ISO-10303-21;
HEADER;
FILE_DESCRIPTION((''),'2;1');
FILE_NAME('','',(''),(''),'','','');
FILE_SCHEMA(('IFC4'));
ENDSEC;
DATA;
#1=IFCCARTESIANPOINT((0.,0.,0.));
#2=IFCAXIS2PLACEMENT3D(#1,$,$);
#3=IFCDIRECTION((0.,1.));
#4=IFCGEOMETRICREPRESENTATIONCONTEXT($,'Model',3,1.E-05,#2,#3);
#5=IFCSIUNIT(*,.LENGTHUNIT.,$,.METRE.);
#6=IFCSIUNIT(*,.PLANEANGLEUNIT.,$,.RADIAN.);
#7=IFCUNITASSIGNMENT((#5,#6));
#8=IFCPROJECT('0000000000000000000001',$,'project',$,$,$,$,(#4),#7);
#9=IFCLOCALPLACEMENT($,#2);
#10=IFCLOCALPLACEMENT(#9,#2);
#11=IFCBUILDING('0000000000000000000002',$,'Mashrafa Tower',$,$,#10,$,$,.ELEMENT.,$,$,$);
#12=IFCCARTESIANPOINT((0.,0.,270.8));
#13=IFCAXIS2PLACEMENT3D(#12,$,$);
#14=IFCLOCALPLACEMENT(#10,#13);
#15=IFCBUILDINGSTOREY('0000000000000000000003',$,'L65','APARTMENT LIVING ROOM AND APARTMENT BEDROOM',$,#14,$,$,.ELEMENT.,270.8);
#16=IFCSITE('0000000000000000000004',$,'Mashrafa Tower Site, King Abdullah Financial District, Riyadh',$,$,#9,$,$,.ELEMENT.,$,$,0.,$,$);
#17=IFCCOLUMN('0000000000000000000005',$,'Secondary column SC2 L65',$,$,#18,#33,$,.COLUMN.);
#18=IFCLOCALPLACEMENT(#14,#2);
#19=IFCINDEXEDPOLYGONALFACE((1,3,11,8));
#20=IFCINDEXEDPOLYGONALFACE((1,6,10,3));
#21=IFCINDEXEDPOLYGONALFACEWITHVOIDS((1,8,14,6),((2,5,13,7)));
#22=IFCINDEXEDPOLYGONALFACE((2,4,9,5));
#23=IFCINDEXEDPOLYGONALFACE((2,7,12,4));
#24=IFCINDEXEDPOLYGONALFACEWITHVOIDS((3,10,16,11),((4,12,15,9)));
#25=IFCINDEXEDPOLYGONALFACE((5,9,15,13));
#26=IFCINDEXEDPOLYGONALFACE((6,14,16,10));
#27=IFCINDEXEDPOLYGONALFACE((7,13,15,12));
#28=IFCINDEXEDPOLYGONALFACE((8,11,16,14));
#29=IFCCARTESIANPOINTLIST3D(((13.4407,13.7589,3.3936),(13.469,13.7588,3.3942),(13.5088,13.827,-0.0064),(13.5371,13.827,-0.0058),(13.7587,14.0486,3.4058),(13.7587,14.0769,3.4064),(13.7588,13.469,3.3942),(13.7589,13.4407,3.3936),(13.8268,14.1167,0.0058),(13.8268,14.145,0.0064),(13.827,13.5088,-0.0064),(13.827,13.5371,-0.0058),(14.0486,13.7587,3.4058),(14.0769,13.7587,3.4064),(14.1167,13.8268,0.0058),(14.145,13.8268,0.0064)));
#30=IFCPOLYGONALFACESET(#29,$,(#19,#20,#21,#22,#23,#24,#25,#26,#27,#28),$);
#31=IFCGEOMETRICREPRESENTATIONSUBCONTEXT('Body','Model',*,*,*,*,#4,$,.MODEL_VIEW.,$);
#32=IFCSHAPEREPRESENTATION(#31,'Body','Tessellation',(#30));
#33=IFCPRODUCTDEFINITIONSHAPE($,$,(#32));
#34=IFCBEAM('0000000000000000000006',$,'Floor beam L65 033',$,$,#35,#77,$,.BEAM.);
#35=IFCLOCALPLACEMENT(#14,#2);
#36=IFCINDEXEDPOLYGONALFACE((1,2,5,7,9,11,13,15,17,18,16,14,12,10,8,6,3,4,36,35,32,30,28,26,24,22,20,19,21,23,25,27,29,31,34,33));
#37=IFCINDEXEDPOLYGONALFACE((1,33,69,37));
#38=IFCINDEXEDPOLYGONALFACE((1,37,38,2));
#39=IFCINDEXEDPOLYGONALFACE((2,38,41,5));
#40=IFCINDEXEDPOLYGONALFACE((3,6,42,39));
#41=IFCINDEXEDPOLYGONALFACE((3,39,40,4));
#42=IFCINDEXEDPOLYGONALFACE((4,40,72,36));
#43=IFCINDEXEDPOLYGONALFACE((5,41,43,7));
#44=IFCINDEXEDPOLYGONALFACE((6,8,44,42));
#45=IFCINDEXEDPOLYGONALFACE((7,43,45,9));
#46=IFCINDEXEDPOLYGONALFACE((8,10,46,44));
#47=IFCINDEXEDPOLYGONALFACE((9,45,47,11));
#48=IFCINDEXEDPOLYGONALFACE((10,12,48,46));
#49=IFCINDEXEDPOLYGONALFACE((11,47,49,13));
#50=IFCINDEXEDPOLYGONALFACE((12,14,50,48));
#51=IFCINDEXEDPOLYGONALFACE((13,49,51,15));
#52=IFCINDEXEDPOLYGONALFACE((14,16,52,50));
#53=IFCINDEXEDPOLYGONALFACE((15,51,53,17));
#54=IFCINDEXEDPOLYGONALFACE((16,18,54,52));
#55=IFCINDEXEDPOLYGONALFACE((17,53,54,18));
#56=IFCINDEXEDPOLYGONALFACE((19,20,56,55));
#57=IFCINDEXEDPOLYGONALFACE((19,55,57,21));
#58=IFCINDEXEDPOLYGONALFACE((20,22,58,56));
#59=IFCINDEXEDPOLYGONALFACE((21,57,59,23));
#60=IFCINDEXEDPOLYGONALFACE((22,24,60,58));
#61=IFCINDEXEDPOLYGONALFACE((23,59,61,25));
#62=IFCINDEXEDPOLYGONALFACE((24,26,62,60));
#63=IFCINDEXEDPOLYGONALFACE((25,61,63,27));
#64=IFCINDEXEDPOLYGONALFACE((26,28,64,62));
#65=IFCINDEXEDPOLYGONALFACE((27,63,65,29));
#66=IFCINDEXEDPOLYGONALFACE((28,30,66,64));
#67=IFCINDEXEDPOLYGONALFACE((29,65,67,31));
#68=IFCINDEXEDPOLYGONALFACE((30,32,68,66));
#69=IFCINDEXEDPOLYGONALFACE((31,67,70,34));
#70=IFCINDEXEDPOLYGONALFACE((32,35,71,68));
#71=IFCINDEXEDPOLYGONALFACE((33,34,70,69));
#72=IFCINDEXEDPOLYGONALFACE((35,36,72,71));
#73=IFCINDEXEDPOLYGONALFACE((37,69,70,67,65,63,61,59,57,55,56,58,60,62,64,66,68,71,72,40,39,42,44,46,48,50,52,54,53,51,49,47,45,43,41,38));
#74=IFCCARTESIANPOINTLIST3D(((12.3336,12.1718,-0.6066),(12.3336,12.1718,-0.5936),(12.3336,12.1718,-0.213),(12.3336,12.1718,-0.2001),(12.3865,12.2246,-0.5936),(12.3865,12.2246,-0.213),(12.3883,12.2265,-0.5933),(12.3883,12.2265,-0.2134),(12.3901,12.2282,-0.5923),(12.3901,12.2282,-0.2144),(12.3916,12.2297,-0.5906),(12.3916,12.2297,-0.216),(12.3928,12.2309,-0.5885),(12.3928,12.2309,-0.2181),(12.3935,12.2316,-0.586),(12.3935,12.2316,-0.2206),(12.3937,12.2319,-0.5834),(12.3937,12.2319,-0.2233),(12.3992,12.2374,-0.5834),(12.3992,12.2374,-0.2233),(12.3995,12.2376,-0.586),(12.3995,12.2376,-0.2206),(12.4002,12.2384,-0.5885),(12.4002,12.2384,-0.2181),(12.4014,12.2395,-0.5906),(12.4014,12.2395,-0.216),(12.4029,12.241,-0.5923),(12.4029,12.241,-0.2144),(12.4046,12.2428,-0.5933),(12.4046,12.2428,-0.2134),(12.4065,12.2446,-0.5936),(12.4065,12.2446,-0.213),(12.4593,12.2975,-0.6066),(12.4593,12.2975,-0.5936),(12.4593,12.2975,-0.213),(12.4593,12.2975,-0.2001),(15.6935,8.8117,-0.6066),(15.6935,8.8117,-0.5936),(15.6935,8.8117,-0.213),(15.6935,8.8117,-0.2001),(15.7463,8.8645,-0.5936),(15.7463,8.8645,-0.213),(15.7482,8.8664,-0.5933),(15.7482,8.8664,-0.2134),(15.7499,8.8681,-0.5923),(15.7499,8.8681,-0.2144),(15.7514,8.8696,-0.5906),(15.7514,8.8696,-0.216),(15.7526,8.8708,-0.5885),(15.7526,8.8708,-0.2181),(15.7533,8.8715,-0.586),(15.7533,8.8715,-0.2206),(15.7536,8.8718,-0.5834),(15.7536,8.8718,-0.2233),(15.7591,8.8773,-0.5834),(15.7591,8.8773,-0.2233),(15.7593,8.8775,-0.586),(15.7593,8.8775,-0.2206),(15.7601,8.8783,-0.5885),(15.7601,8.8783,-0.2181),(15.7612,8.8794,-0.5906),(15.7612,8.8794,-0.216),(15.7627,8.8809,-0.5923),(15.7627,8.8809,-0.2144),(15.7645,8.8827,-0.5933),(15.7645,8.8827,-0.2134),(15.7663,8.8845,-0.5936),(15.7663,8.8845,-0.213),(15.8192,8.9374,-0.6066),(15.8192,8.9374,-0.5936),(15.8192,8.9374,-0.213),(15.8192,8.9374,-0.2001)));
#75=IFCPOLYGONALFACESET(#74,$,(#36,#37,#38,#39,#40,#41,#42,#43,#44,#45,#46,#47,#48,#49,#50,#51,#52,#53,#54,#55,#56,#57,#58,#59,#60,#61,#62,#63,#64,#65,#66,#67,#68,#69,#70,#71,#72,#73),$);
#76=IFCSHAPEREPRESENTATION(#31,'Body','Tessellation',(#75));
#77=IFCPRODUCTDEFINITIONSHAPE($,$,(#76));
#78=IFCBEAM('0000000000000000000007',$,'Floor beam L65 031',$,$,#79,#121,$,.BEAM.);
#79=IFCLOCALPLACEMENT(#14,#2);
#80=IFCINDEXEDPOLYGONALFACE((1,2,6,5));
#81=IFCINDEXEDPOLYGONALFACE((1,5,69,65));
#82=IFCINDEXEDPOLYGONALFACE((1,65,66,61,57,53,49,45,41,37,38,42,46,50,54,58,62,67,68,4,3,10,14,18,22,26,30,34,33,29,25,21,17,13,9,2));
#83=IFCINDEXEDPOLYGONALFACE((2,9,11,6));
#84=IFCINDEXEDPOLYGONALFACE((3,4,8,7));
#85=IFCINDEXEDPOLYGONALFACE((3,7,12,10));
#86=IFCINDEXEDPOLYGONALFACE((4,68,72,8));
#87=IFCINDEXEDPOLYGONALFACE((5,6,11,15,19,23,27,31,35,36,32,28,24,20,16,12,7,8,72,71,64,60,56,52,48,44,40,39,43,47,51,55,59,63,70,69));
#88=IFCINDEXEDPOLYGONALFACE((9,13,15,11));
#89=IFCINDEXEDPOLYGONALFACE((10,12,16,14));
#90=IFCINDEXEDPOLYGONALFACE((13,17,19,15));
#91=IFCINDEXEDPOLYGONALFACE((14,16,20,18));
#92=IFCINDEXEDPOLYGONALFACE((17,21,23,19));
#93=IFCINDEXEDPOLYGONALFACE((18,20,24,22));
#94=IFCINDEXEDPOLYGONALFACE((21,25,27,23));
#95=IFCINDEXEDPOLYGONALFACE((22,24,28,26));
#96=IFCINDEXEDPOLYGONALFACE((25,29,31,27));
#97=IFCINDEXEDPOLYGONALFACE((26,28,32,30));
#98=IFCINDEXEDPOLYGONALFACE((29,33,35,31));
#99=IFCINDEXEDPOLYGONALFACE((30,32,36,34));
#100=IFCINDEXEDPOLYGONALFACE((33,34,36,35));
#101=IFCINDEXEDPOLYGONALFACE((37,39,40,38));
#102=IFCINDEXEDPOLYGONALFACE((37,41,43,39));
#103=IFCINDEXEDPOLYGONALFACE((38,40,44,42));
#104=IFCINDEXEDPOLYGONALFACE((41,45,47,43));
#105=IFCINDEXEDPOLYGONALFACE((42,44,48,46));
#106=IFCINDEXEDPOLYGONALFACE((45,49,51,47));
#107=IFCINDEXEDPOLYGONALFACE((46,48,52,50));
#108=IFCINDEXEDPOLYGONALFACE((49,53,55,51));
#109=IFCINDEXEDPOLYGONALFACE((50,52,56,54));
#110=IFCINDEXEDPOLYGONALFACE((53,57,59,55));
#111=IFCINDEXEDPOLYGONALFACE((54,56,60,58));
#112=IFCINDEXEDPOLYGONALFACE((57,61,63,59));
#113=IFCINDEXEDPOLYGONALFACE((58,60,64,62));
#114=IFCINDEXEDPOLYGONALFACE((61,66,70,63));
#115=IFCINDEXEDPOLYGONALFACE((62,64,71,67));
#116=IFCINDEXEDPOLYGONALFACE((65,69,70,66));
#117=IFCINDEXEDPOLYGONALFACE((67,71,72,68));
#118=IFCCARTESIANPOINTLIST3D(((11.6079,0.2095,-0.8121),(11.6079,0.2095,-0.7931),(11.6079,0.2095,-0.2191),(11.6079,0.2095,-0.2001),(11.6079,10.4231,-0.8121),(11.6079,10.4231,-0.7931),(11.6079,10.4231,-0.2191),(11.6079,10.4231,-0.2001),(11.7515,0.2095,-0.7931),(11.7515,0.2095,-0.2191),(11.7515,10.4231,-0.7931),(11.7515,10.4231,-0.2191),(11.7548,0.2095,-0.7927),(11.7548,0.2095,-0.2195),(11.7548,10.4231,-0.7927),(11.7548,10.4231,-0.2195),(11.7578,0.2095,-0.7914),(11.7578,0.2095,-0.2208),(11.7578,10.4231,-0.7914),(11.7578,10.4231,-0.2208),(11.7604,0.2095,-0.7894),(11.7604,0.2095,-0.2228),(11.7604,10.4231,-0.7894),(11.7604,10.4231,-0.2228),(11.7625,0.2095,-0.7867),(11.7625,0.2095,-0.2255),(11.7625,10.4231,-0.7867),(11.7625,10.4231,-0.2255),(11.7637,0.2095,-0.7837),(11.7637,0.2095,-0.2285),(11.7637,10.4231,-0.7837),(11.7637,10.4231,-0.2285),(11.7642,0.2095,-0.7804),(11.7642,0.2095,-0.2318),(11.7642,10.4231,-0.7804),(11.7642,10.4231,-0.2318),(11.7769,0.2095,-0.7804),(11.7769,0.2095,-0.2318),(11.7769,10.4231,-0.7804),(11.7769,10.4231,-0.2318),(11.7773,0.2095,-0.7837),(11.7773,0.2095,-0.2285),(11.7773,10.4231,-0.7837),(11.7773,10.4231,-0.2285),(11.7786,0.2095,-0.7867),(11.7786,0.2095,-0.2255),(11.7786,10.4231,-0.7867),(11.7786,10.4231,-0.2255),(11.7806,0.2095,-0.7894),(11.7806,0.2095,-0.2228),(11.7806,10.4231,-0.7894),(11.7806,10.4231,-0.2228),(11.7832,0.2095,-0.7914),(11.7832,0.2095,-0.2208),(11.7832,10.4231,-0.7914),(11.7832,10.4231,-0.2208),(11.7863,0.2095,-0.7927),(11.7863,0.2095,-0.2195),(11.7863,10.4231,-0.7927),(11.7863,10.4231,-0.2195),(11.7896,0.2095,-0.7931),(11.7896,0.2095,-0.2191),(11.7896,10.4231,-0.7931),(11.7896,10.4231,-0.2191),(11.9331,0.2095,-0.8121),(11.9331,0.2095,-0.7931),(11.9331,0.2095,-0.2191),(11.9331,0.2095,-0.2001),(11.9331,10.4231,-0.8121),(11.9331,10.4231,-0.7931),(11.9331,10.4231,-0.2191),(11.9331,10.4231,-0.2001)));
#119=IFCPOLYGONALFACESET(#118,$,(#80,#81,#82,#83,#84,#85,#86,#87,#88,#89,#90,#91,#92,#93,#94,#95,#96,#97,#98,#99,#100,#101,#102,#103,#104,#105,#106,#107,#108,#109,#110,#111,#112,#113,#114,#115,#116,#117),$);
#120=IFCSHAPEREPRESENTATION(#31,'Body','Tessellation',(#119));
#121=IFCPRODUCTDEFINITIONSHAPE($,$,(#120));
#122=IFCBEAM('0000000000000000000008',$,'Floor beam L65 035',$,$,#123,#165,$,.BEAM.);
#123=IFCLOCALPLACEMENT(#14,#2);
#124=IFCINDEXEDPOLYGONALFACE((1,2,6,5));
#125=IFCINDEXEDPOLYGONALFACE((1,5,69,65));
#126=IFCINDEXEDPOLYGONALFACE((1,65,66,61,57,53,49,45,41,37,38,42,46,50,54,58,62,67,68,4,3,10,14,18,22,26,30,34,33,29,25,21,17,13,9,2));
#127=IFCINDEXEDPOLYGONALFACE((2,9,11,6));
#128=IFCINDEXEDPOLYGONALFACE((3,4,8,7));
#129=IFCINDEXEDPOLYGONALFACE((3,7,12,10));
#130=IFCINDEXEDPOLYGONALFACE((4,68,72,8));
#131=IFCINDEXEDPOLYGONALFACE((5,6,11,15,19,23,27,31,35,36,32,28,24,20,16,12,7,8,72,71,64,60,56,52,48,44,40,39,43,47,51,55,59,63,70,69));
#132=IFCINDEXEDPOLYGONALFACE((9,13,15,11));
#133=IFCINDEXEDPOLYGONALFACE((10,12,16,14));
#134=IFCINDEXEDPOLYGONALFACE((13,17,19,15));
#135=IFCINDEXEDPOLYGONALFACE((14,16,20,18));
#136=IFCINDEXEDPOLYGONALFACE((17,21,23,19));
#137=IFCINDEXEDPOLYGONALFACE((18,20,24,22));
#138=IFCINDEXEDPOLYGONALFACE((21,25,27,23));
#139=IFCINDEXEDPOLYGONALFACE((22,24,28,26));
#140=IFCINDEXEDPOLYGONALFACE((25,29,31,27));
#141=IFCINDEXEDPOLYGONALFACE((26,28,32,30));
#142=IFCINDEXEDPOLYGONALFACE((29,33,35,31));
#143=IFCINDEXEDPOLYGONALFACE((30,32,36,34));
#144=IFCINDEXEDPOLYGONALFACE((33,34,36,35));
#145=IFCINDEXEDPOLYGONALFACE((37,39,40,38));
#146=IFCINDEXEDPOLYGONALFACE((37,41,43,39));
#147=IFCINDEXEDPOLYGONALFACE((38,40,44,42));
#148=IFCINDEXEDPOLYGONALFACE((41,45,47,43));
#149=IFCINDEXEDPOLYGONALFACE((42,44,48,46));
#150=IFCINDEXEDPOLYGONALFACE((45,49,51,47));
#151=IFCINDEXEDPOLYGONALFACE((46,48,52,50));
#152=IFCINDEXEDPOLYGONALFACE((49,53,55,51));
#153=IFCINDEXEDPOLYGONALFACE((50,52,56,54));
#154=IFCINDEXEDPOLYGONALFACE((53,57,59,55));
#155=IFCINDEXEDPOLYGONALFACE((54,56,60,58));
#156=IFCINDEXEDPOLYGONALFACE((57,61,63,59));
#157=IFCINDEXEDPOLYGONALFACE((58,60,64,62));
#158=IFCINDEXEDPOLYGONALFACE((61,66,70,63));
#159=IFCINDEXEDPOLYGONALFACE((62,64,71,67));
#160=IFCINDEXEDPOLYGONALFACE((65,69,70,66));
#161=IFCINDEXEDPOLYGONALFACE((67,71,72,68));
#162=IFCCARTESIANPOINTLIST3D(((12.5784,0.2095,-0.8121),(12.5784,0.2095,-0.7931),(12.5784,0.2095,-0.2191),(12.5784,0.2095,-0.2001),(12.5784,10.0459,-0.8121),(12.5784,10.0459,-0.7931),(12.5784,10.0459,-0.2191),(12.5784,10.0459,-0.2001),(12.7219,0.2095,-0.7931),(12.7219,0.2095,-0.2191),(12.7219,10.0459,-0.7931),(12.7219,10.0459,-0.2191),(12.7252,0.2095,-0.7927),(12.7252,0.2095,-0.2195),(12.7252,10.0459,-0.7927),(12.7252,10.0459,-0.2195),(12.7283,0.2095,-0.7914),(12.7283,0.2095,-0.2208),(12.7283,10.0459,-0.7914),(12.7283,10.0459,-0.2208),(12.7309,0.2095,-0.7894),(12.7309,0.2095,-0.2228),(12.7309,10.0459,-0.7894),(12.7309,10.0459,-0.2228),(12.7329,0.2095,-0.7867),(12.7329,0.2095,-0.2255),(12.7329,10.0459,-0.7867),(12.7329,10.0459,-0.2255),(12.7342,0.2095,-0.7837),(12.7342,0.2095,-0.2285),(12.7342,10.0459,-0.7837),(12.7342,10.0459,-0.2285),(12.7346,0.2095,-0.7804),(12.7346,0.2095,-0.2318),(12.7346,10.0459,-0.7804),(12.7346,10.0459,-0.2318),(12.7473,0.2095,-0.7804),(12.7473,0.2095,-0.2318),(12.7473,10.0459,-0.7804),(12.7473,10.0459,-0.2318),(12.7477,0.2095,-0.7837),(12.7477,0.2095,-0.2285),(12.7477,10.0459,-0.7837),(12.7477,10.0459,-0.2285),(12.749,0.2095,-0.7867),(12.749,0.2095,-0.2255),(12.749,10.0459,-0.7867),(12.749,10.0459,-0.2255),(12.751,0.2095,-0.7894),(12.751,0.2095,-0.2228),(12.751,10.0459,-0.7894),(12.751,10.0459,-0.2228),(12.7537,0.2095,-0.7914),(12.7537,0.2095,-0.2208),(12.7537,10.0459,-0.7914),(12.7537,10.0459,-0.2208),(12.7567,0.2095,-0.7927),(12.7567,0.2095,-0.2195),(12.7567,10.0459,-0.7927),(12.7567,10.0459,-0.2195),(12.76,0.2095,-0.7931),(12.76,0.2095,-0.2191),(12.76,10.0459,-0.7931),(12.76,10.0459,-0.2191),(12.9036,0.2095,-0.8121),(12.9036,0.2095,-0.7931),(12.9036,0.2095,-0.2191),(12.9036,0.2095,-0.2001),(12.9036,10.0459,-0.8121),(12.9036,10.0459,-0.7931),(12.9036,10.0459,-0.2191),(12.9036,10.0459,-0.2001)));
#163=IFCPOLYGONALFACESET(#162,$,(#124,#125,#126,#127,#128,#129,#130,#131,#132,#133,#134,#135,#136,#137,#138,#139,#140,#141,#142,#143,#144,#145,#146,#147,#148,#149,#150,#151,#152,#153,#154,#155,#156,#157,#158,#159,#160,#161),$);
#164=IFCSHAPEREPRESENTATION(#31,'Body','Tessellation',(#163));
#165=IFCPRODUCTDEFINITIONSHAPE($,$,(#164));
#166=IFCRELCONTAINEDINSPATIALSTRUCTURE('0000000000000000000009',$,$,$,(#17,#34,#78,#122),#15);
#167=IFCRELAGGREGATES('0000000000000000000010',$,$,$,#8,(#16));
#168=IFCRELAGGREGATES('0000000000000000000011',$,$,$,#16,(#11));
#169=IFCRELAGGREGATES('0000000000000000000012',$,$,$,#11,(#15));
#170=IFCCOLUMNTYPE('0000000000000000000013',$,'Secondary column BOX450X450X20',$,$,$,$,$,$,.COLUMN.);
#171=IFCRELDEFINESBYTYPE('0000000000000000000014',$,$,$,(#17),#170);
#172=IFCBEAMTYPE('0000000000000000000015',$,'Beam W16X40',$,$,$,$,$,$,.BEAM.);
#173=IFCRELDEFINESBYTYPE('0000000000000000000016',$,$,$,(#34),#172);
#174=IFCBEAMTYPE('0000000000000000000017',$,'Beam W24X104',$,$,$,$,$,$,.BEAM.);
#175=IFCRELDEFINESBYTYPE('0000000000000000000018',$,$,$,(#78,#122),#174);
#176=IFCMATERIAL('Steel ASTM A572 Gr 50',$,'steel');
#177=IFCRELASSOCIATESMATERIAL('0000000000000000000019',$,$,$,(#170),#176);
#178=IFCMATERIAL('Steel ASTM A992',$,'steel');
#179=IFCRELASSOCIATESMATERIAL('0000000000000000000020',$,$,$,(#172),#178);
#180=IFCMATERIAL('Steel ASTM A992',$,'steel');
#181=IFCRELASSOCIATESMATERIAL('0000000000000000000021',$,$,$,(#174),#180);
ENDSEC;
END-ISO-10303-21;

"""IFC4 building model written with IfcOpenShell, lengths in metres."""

from ifc_helpers import new_model, si_unit, direction, frame, origin, origin_2d, place, context, subcontext, project, spatial, hollow_rectangle, i_section, extrude, material, material_profile, profile_set, type_object, element, save


model = new_model("IFC4")

# Units and contexts
model_context = context("Model", 3, precision=1e-05, world=origin(), true_north=direction((0.0, 1.0)))
body_context = subcontext(model_context, "Body", "Model", "MODEL_VIEW")
ifc_project = project(units=[si_unit("LENGTHUNIT", "METRE"), si_unit("PLANEANGLEUNIT", "RADIAN")], contexts=[model_context])

# Site, building, storey
site_placement = place(None, origin())
site = spatial("IfcSite", under=ifc_project, at=site_placement, Name="Mashrafa Tower Site, King Abdullah Financial District, Riyadh", CompositionType="ELEMENT", RefElevation=0.0)
building_placement = place(site_placement, origin())
building = spatial("IfcBuilding", under=site, at=building_placement, Name="Mashrafa Tower", CompositionType="ELEMENT")
storey_placement = place(building_placement, frame((0.0, 0.0, 270.8)))
storey = spatial("IfcBuildingStorey", under=building, at=storey_placement, Name="L65", Description="APARTMENT LIVING ROOM AND APARTMENT BEDROOM", CompositionType="ELEMENT", Elevation=270.8)

# Column
ifc_material_1 = material(Name="Steel ASTM A572 Gr 50", Category="steel")
ifc_material_profile_1 = material_profile(ifc_material_1, hollow_rectangle(XDim=0.45, YDim=0.45, WallThickness=0.02, at=origin_2d()), Name="BOX450X450X20")
ifc_profile_set_1 = profile_set([ifc_material_profile_1], Name="Steel ASTM A572 Gr 50")
column_type = type_object("IfcColumnType", Name="Secondary column BOX450X450X20", PredefinedType="COLUMN", material=ifc_profile_set_1)
column_placement = place(storey_placement, frame((13.8269, 13.8269, 0.0), z_axis=(-0.020026, -0.020026, 0.999599), x_axis=(0.707107, -0.707107, 0.0)))
element("IfcColumn", 1, at=column_placement, inside=storey, type_object=column_type, Name="Secondary column SC2 L65", PredefinedType="COLUMN", context=body_context, shape_type="SweptSolid", body=[
    extrude(hollow_rectangle(XDim=0.45, YDim=0.45, WallThickness=0.02, at=origin_2d()), origin(), (0.0, 0.0, 1.0), 3.4014),
])

# Beams
ifc_material_2 = material(Name="Steel ASTM A992", Category="steel")
ifc_material_profile_2 = material_profile(ifc_material_2, i_section(OverallWidth=0.1777, OverallDepth=0.4065, WebThickness=0.0078, FlangeThickness=0.0129, FilletRadius=0.0103, at=origin_2d()), Name="W16X40")
ifc_profile_set_2 = profile_set([ifc_material_profile_2], Name="Steel ASTM A992")
beam_type_1 = type_object("IfcBeamType", Name="Beam W16X40", PredefinedType="BEAM", material=ifc_profile_set_2)
beam_1_placement = place(storey_placement, frame((12.3965, 12.2346, -0.4033), z_axis=(0.707081, -0.707132, 0.0), x_axis=(0.707132, 0.707081, 0.0)))
element("IfcBeam", 2, at=beam_1_placement, inside=storey, type_object=beam_type_1, Name="Floor beam L65 033", PredefinedType="BEAM", context=body_context, shape_type="SweptSolid", body=[
    extrude(i_section(OverallWidth=0.1777, OverallDepth=0.4065, WebThickness=0.0078, FlangeThickness=0.0129, FilletRadius=0.0103, at=origin_2d()), origin(), (0.0, 0.0, 1.0), 4.7517),
])
ifc_material_3 = material(Name="Steel ASTM A992", Category="steel")
ifc_material_profile_3 = material_profile(ifc_material_3, i_section(OverallWidth=0.3252, OverallDepth=0.6121, WebThickness=0.0127, FlangeThickness=0.019, FilletRadius=0.0127, at=origin_2d()), Name="W24X104")
ifc_profile_set_3 = profile_set([ifc_material_profile_3], Name="Steel ASTM A992")
beam_type_2 = type_object("IfcBeamType", Name="Beam W24X104", PredefinedType="BEAM", material=ifc_profile_set_3)
beam_2_placement = place(storey_placement, frame((11.7705, 10.4231, -0.5061), z_axis=(0.0, -1.0, 0.0), x_axis=(1.0, 0.0, 0.0)))
element("IfcBeam", 3, at=beam_2_placement, inside=storey, type_object=beam_type_2, Name="Floor beam L65 031", PredefinedType="BEAM", context=body_context, shape_type="SweptSolid", body=[
    extrude(i_section(OverallWidth=0.3252, OverallDepth=0.6121, WebThickness=0.0127, FlangeThickness=0.019, FilletRadius=0.0127, at=origin_2d()), origin(), (0.0, 0.0, 1.0), 10.2136),
])
beam_3_placement = place(storey_placement, frame((12.741, 10.0459, -0.5061), z_axis=(0.0, -1.0, 0.0), x_axis=(1.0, 0.0, 0.0)))
element("IfcBeam", 4, at=beam_3_placement, inside=storey, type_object=beam_type_2, Name="Floor beam L65 035", PredefinedType="BEAM", context=body_context, shape_type="SweptSolid", body=[
    extrude(i_section(OverallWidth=0.3252, OverallDepth=0.6121, WebThickness=0.0127, FlangeThickness=0.019, FilletRadius=0.0127, at=origin_2d()), origin(), (0.0, 0.0, 1.0), 9.8364),
])

save(model, "model.ifc")
